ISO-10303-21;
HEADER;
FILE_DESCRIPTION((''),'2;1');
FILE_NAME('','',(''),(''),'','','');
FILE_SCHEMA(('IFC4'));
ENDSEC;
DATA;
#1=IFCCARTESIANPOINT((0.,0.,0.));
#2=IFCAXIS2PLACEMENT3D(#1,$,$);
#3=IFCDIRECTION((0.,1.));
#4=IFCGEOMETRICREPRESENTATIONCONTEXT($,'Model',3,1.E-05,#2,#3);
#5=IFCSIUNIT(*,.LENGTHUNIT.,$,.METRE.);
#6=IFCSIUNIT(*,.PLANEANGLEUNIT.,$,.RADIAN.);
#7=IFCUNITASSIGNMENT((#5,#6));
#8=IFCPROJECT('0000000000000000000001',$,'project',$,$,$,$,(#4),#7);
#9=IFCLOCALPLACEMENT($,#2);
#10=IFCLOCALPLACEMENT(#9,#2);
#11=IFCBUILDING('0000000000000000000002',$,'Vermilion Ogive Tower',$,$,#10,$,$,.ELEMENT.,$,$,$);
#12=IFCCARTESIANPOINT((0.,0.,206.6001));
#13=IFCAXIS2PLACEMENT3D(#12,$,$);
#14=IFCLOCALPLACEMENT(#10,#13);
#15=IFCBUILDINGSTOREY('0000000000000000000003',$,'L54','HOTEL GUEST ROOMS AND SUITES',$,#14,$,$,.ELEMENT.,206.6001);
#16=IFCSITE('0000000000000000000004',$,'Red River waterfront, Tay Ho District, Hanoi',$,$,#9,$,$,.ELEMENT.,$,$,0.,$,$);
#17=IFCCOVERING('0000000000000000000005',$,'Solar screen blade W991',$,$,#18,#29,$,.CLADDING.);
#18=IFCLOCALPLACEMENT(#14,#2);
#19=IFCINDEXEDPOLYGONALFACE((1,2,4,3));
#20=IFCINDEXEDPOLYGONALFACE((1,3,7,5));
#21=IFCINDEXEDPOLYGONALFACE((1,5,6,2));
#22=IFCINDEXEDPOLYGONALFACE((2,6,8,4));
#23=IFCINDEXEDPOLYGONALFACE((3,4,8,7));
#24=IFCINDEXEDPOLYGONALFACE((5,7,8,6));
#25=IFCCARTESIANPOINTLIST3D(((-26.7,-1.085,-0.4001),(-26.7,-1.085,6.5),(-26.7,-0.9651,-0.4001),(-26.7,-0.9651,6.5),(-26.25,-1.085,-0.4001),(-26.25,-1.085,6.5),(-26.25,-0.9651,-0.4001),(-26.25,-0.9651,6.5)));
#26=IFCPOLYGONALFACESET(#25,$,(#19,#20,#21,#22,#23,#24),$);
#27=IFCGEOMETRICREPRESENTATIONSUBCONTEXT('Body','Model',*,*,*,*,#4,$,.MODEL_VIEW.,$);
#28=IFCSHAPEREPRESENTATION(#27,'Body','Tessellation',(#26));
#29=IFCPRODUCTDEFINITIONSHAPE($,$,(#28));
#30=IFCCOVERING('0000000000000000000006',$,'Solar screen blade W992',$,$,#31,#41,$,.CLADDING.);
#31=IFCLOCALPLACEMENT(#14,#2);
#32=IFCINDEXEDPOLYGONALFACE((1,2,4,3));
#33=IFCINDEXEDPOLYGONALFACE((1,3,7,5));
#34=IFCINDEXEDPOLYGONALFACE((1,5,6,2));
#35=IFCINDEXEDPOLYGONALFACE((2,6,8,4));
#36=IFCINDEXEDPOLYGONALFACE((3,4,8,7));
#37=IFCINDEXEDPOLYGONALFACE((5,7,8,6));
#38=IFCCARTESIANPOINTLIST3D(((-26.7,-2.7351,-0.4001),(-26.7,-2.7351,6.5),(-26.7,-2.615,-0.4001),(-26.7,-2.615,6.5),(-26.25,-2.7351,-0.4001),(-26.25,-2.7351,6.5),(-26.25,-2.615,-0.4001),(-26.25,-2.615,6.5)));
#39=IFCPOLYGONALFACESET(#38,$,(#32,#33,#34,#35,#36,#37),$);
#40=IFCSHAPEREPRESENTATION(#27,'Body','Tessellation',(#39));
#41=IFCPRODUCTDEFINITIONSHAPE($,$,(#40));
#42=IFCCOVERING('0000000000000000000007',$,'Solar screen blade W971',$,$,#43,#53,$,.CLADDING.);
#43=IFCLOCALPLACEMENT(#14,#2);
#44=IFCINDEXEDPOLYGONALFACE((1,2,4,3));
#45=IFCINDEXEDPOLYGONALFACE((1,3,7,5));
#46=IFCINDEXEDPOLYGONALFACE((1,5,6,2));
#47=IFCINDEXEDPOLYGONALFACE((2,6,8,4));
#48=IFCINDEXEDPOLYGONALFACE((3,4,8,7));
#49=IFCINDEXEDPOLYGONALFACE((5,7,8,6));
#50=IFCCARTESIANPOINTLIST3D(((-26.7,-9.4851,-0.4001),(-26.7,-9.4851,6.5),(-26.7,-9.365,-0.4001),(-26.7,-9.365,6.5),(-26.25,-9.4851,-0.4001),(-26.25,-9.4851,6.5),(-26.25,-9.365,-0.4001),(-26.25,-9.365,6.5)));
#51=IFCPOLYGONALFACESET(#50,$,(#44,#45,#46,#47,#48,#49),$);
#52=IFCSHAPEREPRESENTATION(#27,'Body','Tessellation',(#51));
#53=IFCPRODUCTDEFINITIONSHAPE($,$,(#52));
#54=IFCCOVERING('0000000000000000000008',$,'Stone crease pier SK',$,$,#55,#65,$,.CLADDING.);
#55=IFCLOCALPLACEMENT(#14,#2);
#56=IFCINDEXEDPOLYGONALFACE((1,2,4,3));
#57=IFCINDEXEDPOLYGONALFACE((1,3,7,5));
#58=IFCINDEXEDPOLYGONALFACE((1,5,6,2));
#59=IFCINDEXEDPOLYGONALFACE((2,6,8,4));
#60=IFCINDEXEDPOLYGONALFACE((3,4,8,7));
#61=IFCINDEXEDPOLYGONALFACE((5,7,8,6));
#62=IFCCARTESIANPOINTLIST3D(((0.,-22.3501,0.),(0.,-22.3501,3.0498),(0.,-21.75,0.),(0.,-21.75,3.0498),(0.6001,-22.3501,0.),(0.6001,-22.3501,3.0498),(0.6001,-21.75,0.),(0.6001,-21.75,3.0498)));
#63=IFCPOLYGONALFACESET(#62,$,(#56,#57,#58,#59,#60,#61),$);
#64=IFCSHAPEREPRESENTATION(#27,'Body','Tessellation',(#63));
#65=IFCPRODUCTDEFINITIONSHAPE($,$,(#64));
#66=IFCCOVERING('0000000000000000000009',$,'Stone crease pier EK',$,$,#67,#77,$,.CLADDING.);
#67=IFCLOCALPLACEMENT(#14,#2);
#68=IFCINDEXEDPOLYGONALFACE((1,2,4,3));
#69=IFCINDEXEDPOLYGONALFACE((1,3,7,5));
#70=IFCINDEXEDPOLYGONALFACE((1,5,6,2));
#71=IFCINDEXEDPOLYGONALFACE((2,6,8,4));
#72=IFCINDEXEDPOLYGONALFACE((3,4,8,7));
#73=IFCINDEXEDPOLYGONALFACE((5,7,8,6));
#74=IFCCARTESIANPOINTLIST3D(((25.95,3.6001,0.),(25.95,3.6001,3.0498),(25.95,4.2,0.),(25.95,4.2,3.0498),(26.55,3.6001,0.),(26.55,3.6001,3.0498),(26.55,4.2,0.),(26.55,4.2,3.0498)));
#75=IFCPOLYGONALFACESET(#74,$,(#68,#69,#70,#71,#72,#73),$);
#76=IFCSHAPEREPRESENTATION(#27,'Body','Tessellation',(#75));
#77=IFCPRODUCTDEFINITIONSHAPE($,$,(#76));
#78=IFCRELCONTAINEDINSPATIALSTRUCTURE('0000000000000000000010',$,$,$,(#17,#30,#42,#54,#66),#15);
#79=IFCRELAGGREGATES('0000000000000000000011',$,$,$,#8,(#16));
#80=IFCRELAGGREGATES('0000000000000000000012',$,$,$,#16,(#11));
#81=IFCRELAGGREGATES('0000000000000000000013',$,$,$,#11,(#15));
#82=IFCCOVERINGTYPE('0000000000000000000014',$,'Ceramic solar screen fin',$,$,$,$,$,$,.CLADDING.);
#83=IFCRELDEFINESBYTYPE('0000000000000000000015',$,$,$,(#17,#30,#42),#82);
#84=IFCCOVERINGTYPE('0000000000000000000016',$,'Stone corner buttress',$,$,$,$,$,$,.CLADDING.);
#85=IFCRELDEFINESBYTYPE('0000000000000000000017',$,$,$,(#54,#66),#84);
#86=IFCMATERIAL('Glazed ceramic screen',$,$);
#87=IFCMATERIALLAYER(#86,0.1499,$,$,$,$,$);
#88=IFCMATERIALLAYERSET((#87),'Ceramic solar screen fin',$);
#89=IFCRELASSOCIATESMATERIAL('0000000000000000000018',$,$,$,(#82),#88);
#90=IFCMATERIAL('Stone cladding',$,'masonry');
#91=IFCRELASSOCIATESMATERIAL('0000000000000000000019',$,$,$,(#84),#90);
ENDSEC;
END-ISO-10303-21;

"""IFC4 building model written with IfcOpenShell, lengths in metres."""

from ifc_helpers import new_model, si_unit, direction, frame, origin, place, context, subcontext, project, spatial, polyline, outline, extrude, material, layer, layer_set, type_object, element, save


model = new_model("IFC4")

# Units and contexts
model_context = context("Model", 3, precision=1e-05, world=origin(), true_north=direction((0.0, 1.0)))
body_context = subcontext(model_context, "Body", "Model", "MODEL_VIEW")
ifc_project = project(units=[si_unit("LENGTHUNIT", "METRE"), si_unit("PLANEANGLEUNIT", "RADIAN")], contexts=[model_context])

# Site, building, storey
site_placement = place(None, origin())
site = spatial("IfcSite", under=ifc_project, at=site_placement, Name="Red River waterfront, Tay Ho District, Hanoi", CompositionType="ELEMENT", RefElevation=0.0)
building_placement = place(site_placement, origin())
building = spatial("IfcBuilding", under=site, at=building_placement, Name="Vermilion Ogive Tower", CompositionType="ELEMENT")
storey_placement = place(building_placement, frame((0.0, 0.0, 206.6001)))
storey = spatial("IfcBuildingStorey", under=building, at=storey_placement, Name="L54", Description="HOTEL GUEST ROOMS AND SUITES", CompositionType="ELEMENT", Elevation=206.6001)

# Coverings
ifc_material_1 = material(Name="Glazed ceramic screen")
ifc_layer_1 = layer(ifc_material_1, 0.1499)
ifc_layer_set_1 = layer_set([ifc_layer_1], Name="Ceramic solar screen fin")
covering_type_1 = type_object("IfcCoveringType", Name="Ceramic solar screen fin", PredefinedType="CLADDING", material=ifc_layer_set_1)
covering_1_placement = place(storey_placement, frame((0.0, 0.0, -0.4001)))
element("IfcCovering", 1, at=covering_1_placement, inside=storey, type_object=covering_type_1, Name="Solar screen blade W991", PredefinedType="CLADDING", context=body_context, shape_type="SweptSolid", body=[
    extrude(outline(polyline([(-26.7, -0.9651), (-26.7, -1.085), (-26.25, -1.085), (-26.25, -0.9651), (-26.7, -0.9651)])), origin(), (0.0, 0.0, 1.0), 6.9001),
])
covering_2_placement = place(storey_placement, frame((0.0, 0.0, -0.4001)))
element("IfcCovering", 2, at=covering_2_placement, inside=storey, type_object=covering_type_1, Name="Solar screen blade W992", PredefinedType="CLADDING", context=body_context, shape_type="SweptSolid", body=[
    extrude(outline(polyline([(-26.7, -2.615), (-26.7, -2.7351), (-26.25, -2.7351), (-26.25, -2.615), (-26.7, -2.615)])), origin(), (0.0, 0.0, 1.0), 6.9001),
])
covering_3_placement = place(storey_placement, frame((0.0, 0.0, -0.4001)))
element("IfcCovering", 3, at=covering_3_placement, inside=storey, type_object=covering_type_1, Name="Solar screen blade W971", PredefinedType="CLADDING", context=body_context, shape_type="SweptSolid", body=[
    extrude(outline(polyline([(-26.7, -9.365), (-26.7, -9.4851), (-26.25, -9.4851), (-26.25, -9.365), (-26.7, -9.365)])), origin(), (0.0, 0.0, 1.0), 6.9001),
])
ifc_material_2 = material(Name="Stone cladding", Category="masonry")
covering_type_2 = type_object("IfcCoveringType", Name="Stone corner buttress", PredefinedType="CLADDING", material=ifc_material_2)
covering_4_placement = place(storey_placement, origin())
element("IfcCovering", 4, at=covering_4_placement, inside=storey, type_object=covering_type_2, Name="Stone crease pier SK", PredefinedType="CLADDING", context=body_context, shape_type="SweptSolid", body=[
    extrude(outline(polyline([(0.0, -22.3501), (0.6001, -22.3501), (0.6001, -21.75), (0.0, -21.75), (0.0, -22.3501)])), origin(), (0.0, 0.0, 1.0), 3.0498),
])
covering_5_placement = place(storey_placement, origin())
element("IfcCovering", 5, at=covering_5_placement, inside=storey, type_object=covering_type_2, Name="Stone crease pier EK", PredefinedType="CLADDING", context=body_context, shape_type="SweptSolid", body=[
    extrude(outline(polyline([(26.55, 3.6001), (26.55, 4.2), (25.95, 4.2), (25.95, 3.6001), (26.55, 3.6001)])), origin(), (0.0, 0.0, 1.0), 3.0498),
])

save(model, "model.ifc")
